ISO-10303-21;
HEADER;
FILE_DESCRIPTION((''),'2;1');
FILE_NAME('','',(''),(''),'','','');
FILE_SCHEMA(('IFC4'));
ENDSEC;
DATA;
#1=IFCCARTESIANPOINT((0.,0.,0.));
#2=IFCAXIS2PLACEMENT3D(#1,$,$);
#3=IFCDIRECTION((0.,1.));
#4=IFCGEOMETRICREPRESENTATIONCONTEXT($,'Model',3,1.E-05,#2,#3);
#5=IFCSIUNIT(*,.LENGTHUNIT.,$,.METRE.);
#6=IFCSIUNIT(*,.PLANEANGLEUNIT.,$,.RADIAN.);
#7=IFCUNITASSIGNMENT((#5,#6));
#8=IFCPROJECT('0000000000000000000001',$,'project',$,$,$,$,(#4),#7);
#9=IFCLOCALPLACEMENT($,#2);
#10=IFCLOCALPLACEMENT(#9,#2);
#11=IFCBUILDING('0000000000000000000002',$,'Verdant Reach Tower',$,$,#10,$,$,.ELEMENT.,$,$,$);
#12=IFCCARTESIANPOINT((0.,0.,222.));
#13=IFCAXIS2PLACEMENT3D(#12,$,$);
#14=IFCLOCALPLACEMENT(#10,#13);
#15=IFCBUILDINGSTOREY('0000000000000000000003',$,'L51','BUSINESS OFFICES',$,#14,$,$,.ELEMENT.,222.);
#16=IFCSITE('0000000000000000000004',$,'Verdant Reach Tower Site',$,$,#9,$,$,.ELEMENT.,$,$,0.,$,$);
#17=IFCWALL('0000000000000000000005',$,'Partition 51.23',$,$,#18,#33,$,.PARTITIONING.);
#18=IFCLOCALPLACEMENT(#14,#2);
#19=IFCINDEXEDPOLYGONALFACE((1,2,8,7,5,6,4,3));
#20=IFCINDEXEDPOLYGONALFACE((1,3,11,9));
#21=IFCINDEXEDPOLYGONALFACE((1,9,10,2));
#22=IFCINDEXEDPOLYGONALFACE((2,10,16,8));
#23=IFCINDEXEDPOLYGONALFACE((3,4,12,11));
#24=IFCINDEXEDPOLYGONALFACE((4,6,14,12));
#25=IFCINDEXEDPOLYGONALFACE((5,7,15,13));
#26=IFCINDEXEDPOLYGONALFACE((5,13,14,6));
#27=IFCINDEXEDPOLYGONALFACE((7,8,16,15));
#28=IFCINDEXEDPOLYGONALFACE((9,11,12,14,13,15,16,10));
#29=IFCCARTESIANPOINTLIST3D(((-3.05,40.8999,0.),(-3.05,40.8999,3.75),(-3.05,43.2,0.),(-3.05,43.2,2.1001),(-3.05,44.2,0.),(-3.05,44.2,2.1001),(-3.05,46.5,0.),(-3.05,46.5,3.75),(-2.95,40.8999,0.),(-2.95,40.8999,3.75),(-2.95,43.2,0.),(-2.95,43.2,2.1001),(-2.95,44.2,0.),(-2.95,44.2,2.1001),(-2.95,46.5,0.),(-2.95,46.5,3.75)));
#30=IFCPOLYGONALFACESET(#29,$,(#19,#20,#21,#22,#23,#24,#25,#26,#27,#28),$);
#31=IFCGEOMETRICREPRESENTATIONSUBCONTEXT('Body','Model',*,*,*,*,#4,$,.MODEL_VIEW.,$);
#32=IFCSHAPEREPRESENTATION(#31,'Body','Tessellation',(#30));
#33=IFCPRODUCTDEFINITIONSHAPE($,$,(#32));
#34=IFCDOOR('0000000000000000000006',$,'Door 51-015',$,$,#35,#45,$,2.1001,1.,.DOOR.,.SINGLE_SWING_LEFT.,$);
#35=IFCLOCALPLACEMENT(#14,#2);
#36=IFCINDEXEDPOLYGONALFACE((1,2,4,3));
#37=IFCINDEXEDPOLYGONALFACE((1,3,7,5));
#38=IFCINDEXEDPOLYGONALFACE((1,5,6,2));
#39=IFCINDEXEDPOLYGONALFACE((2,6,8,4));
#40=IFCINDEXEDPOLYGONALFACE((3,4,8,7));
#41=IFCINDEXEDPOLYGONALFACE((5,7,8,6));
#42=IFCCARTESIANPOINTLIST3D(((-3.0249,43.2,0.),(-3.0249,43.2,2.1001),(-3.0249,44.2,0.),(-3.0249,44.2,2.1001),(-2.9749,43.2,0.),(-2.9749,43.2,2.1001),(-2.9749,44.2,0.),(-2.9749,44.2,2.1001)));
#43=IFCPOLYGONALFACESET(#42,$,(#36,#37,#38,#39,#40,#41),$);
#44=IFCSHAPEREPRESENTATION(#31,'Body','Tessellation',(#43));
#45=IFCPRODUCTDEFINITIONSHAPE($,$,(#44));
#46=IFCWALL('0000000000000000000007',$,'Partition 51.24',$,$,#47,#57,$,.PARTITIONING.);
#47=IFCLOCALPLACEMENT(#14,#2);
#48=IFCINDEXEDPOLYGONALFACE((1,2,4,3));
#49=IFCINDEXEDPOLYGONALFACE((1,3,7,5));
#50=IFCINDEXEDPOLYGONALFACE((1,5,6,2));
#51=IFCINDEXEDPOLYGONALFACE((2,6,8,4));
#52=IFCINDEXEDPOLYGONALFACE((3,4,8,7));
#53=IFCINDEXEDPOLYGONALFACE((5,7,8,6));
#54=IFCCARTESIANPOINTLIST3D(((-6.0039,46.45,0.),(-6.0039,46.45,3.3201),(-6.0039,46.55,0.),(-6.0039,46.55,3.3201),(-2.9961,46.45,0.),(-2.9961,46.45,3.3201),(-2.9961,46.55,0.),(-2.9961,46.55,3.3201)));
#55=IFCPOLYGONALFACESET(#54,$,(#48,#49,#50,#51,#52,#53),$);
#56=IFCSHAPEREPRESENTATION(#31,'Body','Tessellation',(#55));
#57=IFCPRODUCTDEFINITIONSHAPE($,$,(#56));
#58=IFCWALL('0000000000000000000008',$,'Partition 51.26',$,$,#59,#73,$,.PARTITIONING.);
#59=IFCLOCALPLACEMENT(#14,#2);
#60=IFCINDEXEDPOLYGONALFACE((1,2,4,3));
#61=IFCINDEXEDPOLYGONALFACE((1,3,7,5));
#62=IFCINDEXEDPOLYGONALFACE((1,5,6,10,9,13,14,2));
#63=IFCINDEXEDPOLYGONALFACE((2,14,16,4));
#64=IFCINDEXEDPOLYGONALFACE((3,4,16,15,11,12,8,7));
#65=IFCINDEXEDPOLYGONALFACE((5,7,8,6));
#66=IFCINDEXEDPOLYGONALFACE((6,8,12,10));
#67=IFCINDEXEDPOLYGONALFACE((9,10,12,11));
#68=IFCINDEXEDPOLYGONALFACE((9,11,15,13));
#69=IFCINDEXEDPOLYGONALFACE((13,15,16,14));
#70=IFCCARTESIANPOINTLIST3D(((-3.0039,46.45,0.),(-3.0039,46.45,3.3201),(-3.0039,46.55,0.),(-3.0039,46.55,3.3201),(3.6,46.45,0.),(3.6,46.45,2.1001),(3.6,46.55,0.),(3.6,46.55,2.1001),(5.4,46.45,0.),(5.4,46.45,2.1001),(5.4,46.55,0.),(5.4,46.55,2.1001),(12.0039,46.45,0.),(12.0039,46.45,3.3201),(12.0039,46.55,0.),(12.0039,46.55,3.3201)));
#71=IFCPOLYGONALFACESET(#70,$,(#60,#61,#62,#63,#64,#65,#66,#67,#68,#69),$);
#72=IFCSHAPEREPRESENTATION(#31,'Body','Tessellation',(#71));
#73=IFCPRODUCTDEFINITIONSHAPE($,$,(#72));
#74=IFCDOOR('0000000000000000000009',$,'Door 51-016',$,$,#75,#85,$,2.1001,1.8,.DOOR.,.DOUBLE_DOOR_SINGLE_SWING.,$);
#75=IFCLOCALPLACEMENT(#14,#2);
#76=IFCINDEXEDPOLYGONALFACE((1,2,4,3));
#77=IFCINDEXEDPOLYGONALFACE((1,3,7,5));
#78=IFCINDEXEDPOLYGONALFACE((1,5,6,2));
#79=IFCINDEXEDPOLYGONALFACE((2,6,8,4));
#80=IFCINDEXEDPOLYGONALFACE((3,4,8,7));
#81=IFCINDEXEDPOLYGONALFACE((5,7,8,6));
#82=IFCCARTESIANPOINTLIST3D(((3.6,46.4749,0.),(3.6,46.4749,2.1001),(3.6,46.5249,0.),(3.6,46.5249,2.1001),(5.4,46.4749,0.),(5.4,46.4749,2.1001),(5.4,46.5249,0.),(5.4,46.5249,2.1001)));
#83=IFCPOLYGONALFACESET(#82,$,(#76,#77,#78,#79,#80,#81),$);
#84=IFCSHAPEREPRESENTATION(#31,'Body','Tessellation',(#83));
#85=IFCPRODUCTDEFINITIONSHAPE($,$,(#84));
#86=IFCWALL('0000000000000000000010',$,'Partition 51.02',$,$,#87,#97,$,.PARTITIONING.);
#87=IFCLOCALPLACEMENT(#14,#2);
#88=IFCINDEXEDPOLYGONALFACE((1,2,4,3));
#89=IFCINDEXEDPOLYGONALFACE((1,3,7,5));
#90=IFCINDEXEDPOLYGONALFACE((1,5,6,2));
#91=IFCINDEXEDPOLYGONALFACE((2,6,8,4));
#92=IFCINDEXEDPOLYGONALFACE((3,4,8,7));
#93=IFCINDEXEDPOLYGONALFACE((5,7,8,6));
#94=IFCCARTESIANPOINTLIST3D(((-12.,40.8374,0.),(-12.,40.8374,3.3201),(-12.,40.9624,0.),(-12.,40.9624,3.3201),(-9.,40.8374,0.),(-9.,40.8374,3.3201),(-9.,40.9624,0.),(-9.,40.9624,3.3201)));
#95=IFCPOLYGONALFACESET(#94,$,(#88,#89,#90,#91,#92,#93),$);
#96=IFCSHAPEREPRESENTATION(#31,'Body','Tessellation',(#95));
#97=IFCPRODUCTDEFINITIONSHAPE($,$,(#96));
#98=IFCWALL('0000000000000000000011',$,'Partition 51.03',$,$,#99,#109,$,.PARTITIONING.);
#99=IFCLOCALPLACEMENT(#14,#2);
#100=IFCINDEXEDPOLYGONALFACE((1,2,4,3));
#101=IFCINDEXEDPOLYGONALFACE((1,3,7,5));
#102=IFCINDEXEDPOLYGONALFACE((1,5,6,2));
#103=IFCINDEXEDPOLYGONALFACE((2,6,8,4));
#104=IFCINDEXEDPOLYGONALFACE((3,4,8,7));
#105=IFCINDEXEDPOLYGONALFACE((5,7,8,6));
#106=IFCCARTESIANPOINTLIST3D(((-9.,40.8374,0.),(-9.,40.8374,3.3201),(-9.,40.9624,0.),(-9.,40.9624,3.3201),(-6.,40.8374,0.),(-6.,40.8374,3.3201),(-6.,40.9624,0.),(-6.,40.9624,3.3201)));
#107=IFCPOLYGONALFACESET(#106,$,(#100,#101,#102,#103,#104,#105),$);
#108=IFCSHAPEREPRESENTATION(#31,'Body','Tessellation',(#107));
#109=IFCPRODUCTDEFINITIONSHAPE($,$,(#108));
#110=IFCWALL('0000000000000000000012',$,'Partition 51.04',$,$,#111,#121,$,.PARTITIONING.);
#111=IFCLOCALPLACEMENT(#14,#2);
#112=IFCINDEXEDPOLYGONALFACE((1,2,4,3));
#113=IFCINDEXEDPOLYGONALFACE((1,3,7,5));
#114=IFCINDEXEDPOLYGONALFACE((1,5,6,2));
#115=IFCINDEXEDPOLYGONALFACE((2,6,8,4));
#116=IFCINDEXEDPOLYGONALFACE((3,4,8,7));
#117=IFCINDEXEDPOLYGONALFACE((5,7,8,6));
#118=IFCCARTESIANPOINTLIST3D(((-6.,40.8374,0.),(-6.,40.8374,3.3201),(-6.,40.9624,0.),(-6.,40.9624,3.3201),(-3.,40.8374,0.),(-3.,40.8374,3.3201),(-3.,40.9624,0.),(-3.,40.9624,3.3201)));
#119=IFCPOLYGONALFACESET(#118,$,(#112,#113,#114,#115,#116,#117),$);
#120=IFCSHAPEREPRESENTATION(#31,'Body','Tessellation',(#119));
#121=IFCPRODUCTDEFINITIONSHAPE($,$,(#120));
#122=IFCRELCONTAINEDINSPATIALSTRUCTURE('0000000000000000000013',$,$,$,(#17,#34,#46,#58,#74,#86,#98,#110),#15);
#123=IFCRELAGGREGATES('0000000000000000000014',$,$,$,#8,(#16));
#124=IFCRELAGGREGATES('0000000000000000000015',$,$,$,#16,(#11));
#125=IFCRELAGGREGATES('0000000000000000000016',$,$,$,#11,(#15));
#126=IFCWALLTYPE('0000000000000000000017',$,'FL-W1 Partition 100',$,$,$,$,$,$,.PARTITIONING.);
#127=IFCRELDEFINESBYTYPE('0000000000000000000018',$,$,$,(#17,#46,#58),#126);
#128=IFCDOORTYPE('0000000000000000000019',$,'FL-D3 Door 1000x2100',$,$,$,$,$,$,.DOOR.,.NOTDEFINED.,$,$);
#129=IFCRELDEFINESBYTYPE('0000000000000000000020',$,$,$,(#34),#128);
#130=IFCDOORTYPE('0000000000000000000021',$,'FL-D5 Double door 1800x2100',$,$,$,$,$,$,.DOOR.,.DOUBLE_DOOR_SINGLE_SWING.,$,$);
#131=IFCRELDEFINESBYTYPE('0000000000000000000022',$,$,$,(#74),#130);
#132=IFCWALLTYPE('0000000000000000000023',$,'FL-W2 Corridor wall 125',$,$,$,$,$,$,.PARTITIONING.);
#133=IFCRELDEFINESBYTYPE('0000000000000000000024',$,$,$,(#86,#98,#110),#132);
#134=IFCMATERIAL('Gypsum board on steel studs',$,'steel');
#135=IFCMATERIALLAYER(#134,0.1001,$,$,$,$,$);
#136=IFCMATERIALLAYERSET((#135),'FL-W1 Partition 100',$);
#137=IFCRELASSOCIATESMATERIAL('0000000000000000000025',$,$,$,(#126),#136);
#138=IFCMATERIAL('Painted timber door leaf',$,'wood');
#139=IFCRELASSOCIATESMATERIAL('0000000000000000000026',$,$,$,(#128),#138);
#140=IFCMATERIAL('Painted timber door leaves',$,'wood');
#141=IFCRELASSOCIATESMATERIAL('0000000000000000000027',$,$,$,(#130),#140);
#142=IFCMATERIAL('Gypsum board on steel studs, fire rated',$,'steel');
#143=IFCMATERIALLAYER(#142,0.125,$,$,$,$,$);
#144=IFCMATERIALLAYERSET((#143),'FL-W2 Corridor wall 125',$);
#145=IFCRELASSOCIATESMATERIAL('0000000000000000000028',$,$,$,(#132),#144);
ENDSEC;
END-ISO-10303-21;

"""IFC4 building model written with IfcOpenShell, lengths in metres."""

from ifc_helpers import new_model, si_unit, direction, frame, frame_2d, origin, place, context, subcontext, project, spatial, rectangle, extrude, material, layer, layer_set, type_object, element, fill, save


model = new_model("IFC4")

# Units and contexts
model_context = context("Model", 3, precision=1e-05, world=origin(), true_north=direction((0.0, 1.0)))
body_context = subcontext(model_context, "Body", "Model", "MODEL_VIEW")
ifc_project = project(units=[si_unit("LENGTHUNIT", "METRE"), si_unit("PLANEANGLEUNIT", "RADIAN")], contexts=[model_context])

# Site, building, storey
site_placement = place(None, origin())
site = spatial("IfcSite", under=ifc_project, at=site_placement, Name="Verdant Reach Tower Site", CompositionType="ELEMENT", RefElevation=0.0)
building_placement = place(site_placement, origin())
building = spatial("IfcBuilding", under=site, at=building_placement, Name="Verdant Reach Tower", CompositionType="ELEMENT")
storey_placement = place(building_placement, frame((0.0, 0.0, 222.0)))
storey = spatial("IfcBuildingStorey", under=building, at=storey_placement, Name="L51", Description="BUSINESS OFFICES", CompositionType="ELEMENT", Elevation=222.0)

# Shared definitions
ifc_material_1 = material(Name="Gypsum board on steel studs", Category="steel")
ifc_layer_1 = layer(ifc_material_1, 0.1001)
ifc_layer_set_1 = layer_set([ifc_layer_1], Name="FL-W1 Partition 100")
wall_type_1 = type_object("IfcWallType", Name="FL-W1 Partition 100", PredefinedType="PARTITIONING", material=ifc_layer_set_1)
ifc_material_2 = material(Name="Painted timber door leaf", Category="wood")
door_type_1 = type_object("IfcDoorType", Name="FL-D3 Door 1000x2100", OperationType="NOTDEFINED", PredefinedType="DOOR", material=ifc_material_2)

# Wall, opening, door
wall_1_placement = place(storey_placement, frame((-3.0, 40.8999, 0.0), z_axis=(0.0, 0.0, 1.0), x_axis=(0.0, 1.0, 0.0)))
wall_1 = element("IfcWall", 1, at=wall_1_placement, inside=storey, type_object=wall_type_1, Name="Partition 51.23", PredefinedType="PARTITIONING", context=body_context, shape_type="SweptSolid", body=[
    extrude(rectangle(XDim=5.6001, YDim=0.1001, at=frame_2d((2.8, 0.0))), origin(), (0.0, 0.0, 1.0), 3.75),
])
opening_1_placement = place(wall_1_placement, frame((2.3, 0.0, 0.0)))
opening_1 = element("IfcOpeningElement", 2, at=opening_1_placement, cuts=wall_1, PredefinedType="OPENING", context=body_context, shape_type="SweptSolid", body=[
    extrude(rectangle(XDim=1.0, YDim=2.1001, at=frame_2d((0.5, 1.05))), frame((0.0, 0.0601, 0.0), z_axis=(0.0, -1.0, 0.0), x_axis=(1.0, 0.0, 0.0)), (0.0, 0.0, 1.0), 0.1201),
])
door_1_placement = place(opening_1_placement, origin())
door_1 = element("IfcDoor", 3, at=door_1_placement, inside=storey, type_object=door_type_1, Name="Door 51-015", OperationType="SINGLE_SWING_LEFT", OverallHeight=2.1001, OverallWidth=1.0, PredefinedType="DOOR", context=body_context, shape_type="SweptSolid", body=[
    extrude(rectangle(XDim=1.0, YDim=2.1001, at=frame_2d((0.5, 1.05))), frame((0.0, 0.0249, 0.0), z_axis=(0.0, -1.0, 0.0), x_axis=(1.0, 0.0, 0.0)), (0.0, 0.0, 1.0), 0.05),
])
fill(opening_1, door_1)

# Wall
wall_2_placement = place(storey_placement, frame((-2.9961, 46.5, 0.0), z_axis=(0.0, 0.0, 1.0), x_axis=(-1.0, 0.0, 0.0)))
element("IfcWall", 4, at=wall_2_placement, inside=storey, type_object=wall_type_1, Name="Partition 51.24", PredefinedType="PARTITIONING", context=body_context, shape_type="SweptSolid", body=[
    extrude(rectangle(XDim=3.0078, YDim=0.1001, at=frame_2d((1.5039, 0.0))), origin(), (0.0, 0.0, 1.0), 3.3201),
])

# Wall, opening, door
wall_3_placement = place(storey_placement, frame((-3.0039, 46.5, 0.0), z_axis=(0.0, 0.0, 1.0), x_axis=(1.0, 0.0, 0.0)))
wall_3 = element("IfcWall", 5, at=wall_3_placement, inside=storey, type_object=wall_type_1, Name="Partition 51.26", PredefinedType="PARTITIONING", context=body_context, shape_type="SweptSolid", body=[
    extrude(rectangle(XDim=15.0078, YDim=0.1001, at=frame_2d((7.5039, 0.0))), origin(), (0.0, 0.0, 1.0), 3.3201),
])
opening_2_placement = place(wall_3_placement, frame((6.604, 0.0, 0.0)))
opening_2 = element("IfcOpeningElement", 6, at=opening_2_placement, cuts=wall_3, PredefinedType="OPENING", context=body_context, shape_type="SweptSolid", body=[
    extrude(rectangle(XDim=1.8, YDim=2.1001, at=frame_2d((0.8999, 1.05))), frame((0.0, 0.0601, 0.0), z_axis=(0.0, -1.0, 0.0), x_axis=(1.0, 0.0, 0.0)), (0.0, 0.0, 1.0), 0.1201),
])
ifc_material_3 = material(Name="Painted timber door leaves", Category="wood")
door_type_2 = type_object("IfcDoorType", Name="FL-D5 Double door 1800x2100", OperationType="DOUBLE_DOOR_SINGLE_SWING", PredefinedType="DOOR", material=ifc_material_3)
door_2_placement = place(opening_2_placement, origin())
door_2 = element("IfcDoor", 7, at=door_2_placement, inside=storey, type_object=door_type_2, Name="Door 51-016", OperationType="DOUBLE_DOOR_SINGLE_SWING", OverallHeight=2.1001, OverallWidth=1.8, PredefinedType="DOOR", context=body_context, shape_type="SweptSolid", body=[
    extrude(rectangle(XDim=1.8, YDim=2.1001, at=frame_2d((0.8999, 1.05))), frame((0.0, 0.0249, 0.0), z_axis=(0.0, -1.0, 0.0), x_axis=(1.0, 0.0, 0.0)), (0.0, 0.0, 1.0), 0.05),
])
fill(opening_2, door_2)

# Walls
ifc_material_4 = material(Name="Gypsum board on steel studs, fire rated", Category="steel")
ifc_layer_2 = layer(ifc_material_4, 0.125)
ifc_layer_set_2 = layer_set([ifc_layer_2], Name="FL-W2 Corridor wall 125")
wall_type_2 = type_object("IfcWallType", Name="FL-W2 Corridor wall 125", PredefinedType="PARTITIONING", material=ifc_layer_set_2)
for number, where, z_axis, x_axis, name in (
    (8, (-9.0, 40.8999, 0.0), (0.0, 0.0, 1.0), (-1.0, 0.0, 0.0), "Partition 51.02"),
    (9, (-6.0, 40.8999, 0.0), (0.0, 0.0, 1.0), (-1.0, 0.0, 0.0), "Partition 51.03"),
    (10, (-3.0, 40.8999, 0.0), (0.0, 0.0, 1.0), (-1.0, 0.0, 0.0), "Partition 51.04"),
):
    element("IfcWall", number, at=place(storey_placement, frame(where, z_axis=z_axis, x_axis=x_axis)), inside=storey, type_object=wall_type_2, Name=name, PredefinedType="PARTITIONING", context=body_context, shape_type="SweptSolid", body=[
        extrude(rectangle(XDim=3.0, YDim=0.125, at=frame_2d((1.5, 0.0))), origin(), (0.0, 0.0, 1.0), 3.3201),
    ])

save(model, "model.ifc")
